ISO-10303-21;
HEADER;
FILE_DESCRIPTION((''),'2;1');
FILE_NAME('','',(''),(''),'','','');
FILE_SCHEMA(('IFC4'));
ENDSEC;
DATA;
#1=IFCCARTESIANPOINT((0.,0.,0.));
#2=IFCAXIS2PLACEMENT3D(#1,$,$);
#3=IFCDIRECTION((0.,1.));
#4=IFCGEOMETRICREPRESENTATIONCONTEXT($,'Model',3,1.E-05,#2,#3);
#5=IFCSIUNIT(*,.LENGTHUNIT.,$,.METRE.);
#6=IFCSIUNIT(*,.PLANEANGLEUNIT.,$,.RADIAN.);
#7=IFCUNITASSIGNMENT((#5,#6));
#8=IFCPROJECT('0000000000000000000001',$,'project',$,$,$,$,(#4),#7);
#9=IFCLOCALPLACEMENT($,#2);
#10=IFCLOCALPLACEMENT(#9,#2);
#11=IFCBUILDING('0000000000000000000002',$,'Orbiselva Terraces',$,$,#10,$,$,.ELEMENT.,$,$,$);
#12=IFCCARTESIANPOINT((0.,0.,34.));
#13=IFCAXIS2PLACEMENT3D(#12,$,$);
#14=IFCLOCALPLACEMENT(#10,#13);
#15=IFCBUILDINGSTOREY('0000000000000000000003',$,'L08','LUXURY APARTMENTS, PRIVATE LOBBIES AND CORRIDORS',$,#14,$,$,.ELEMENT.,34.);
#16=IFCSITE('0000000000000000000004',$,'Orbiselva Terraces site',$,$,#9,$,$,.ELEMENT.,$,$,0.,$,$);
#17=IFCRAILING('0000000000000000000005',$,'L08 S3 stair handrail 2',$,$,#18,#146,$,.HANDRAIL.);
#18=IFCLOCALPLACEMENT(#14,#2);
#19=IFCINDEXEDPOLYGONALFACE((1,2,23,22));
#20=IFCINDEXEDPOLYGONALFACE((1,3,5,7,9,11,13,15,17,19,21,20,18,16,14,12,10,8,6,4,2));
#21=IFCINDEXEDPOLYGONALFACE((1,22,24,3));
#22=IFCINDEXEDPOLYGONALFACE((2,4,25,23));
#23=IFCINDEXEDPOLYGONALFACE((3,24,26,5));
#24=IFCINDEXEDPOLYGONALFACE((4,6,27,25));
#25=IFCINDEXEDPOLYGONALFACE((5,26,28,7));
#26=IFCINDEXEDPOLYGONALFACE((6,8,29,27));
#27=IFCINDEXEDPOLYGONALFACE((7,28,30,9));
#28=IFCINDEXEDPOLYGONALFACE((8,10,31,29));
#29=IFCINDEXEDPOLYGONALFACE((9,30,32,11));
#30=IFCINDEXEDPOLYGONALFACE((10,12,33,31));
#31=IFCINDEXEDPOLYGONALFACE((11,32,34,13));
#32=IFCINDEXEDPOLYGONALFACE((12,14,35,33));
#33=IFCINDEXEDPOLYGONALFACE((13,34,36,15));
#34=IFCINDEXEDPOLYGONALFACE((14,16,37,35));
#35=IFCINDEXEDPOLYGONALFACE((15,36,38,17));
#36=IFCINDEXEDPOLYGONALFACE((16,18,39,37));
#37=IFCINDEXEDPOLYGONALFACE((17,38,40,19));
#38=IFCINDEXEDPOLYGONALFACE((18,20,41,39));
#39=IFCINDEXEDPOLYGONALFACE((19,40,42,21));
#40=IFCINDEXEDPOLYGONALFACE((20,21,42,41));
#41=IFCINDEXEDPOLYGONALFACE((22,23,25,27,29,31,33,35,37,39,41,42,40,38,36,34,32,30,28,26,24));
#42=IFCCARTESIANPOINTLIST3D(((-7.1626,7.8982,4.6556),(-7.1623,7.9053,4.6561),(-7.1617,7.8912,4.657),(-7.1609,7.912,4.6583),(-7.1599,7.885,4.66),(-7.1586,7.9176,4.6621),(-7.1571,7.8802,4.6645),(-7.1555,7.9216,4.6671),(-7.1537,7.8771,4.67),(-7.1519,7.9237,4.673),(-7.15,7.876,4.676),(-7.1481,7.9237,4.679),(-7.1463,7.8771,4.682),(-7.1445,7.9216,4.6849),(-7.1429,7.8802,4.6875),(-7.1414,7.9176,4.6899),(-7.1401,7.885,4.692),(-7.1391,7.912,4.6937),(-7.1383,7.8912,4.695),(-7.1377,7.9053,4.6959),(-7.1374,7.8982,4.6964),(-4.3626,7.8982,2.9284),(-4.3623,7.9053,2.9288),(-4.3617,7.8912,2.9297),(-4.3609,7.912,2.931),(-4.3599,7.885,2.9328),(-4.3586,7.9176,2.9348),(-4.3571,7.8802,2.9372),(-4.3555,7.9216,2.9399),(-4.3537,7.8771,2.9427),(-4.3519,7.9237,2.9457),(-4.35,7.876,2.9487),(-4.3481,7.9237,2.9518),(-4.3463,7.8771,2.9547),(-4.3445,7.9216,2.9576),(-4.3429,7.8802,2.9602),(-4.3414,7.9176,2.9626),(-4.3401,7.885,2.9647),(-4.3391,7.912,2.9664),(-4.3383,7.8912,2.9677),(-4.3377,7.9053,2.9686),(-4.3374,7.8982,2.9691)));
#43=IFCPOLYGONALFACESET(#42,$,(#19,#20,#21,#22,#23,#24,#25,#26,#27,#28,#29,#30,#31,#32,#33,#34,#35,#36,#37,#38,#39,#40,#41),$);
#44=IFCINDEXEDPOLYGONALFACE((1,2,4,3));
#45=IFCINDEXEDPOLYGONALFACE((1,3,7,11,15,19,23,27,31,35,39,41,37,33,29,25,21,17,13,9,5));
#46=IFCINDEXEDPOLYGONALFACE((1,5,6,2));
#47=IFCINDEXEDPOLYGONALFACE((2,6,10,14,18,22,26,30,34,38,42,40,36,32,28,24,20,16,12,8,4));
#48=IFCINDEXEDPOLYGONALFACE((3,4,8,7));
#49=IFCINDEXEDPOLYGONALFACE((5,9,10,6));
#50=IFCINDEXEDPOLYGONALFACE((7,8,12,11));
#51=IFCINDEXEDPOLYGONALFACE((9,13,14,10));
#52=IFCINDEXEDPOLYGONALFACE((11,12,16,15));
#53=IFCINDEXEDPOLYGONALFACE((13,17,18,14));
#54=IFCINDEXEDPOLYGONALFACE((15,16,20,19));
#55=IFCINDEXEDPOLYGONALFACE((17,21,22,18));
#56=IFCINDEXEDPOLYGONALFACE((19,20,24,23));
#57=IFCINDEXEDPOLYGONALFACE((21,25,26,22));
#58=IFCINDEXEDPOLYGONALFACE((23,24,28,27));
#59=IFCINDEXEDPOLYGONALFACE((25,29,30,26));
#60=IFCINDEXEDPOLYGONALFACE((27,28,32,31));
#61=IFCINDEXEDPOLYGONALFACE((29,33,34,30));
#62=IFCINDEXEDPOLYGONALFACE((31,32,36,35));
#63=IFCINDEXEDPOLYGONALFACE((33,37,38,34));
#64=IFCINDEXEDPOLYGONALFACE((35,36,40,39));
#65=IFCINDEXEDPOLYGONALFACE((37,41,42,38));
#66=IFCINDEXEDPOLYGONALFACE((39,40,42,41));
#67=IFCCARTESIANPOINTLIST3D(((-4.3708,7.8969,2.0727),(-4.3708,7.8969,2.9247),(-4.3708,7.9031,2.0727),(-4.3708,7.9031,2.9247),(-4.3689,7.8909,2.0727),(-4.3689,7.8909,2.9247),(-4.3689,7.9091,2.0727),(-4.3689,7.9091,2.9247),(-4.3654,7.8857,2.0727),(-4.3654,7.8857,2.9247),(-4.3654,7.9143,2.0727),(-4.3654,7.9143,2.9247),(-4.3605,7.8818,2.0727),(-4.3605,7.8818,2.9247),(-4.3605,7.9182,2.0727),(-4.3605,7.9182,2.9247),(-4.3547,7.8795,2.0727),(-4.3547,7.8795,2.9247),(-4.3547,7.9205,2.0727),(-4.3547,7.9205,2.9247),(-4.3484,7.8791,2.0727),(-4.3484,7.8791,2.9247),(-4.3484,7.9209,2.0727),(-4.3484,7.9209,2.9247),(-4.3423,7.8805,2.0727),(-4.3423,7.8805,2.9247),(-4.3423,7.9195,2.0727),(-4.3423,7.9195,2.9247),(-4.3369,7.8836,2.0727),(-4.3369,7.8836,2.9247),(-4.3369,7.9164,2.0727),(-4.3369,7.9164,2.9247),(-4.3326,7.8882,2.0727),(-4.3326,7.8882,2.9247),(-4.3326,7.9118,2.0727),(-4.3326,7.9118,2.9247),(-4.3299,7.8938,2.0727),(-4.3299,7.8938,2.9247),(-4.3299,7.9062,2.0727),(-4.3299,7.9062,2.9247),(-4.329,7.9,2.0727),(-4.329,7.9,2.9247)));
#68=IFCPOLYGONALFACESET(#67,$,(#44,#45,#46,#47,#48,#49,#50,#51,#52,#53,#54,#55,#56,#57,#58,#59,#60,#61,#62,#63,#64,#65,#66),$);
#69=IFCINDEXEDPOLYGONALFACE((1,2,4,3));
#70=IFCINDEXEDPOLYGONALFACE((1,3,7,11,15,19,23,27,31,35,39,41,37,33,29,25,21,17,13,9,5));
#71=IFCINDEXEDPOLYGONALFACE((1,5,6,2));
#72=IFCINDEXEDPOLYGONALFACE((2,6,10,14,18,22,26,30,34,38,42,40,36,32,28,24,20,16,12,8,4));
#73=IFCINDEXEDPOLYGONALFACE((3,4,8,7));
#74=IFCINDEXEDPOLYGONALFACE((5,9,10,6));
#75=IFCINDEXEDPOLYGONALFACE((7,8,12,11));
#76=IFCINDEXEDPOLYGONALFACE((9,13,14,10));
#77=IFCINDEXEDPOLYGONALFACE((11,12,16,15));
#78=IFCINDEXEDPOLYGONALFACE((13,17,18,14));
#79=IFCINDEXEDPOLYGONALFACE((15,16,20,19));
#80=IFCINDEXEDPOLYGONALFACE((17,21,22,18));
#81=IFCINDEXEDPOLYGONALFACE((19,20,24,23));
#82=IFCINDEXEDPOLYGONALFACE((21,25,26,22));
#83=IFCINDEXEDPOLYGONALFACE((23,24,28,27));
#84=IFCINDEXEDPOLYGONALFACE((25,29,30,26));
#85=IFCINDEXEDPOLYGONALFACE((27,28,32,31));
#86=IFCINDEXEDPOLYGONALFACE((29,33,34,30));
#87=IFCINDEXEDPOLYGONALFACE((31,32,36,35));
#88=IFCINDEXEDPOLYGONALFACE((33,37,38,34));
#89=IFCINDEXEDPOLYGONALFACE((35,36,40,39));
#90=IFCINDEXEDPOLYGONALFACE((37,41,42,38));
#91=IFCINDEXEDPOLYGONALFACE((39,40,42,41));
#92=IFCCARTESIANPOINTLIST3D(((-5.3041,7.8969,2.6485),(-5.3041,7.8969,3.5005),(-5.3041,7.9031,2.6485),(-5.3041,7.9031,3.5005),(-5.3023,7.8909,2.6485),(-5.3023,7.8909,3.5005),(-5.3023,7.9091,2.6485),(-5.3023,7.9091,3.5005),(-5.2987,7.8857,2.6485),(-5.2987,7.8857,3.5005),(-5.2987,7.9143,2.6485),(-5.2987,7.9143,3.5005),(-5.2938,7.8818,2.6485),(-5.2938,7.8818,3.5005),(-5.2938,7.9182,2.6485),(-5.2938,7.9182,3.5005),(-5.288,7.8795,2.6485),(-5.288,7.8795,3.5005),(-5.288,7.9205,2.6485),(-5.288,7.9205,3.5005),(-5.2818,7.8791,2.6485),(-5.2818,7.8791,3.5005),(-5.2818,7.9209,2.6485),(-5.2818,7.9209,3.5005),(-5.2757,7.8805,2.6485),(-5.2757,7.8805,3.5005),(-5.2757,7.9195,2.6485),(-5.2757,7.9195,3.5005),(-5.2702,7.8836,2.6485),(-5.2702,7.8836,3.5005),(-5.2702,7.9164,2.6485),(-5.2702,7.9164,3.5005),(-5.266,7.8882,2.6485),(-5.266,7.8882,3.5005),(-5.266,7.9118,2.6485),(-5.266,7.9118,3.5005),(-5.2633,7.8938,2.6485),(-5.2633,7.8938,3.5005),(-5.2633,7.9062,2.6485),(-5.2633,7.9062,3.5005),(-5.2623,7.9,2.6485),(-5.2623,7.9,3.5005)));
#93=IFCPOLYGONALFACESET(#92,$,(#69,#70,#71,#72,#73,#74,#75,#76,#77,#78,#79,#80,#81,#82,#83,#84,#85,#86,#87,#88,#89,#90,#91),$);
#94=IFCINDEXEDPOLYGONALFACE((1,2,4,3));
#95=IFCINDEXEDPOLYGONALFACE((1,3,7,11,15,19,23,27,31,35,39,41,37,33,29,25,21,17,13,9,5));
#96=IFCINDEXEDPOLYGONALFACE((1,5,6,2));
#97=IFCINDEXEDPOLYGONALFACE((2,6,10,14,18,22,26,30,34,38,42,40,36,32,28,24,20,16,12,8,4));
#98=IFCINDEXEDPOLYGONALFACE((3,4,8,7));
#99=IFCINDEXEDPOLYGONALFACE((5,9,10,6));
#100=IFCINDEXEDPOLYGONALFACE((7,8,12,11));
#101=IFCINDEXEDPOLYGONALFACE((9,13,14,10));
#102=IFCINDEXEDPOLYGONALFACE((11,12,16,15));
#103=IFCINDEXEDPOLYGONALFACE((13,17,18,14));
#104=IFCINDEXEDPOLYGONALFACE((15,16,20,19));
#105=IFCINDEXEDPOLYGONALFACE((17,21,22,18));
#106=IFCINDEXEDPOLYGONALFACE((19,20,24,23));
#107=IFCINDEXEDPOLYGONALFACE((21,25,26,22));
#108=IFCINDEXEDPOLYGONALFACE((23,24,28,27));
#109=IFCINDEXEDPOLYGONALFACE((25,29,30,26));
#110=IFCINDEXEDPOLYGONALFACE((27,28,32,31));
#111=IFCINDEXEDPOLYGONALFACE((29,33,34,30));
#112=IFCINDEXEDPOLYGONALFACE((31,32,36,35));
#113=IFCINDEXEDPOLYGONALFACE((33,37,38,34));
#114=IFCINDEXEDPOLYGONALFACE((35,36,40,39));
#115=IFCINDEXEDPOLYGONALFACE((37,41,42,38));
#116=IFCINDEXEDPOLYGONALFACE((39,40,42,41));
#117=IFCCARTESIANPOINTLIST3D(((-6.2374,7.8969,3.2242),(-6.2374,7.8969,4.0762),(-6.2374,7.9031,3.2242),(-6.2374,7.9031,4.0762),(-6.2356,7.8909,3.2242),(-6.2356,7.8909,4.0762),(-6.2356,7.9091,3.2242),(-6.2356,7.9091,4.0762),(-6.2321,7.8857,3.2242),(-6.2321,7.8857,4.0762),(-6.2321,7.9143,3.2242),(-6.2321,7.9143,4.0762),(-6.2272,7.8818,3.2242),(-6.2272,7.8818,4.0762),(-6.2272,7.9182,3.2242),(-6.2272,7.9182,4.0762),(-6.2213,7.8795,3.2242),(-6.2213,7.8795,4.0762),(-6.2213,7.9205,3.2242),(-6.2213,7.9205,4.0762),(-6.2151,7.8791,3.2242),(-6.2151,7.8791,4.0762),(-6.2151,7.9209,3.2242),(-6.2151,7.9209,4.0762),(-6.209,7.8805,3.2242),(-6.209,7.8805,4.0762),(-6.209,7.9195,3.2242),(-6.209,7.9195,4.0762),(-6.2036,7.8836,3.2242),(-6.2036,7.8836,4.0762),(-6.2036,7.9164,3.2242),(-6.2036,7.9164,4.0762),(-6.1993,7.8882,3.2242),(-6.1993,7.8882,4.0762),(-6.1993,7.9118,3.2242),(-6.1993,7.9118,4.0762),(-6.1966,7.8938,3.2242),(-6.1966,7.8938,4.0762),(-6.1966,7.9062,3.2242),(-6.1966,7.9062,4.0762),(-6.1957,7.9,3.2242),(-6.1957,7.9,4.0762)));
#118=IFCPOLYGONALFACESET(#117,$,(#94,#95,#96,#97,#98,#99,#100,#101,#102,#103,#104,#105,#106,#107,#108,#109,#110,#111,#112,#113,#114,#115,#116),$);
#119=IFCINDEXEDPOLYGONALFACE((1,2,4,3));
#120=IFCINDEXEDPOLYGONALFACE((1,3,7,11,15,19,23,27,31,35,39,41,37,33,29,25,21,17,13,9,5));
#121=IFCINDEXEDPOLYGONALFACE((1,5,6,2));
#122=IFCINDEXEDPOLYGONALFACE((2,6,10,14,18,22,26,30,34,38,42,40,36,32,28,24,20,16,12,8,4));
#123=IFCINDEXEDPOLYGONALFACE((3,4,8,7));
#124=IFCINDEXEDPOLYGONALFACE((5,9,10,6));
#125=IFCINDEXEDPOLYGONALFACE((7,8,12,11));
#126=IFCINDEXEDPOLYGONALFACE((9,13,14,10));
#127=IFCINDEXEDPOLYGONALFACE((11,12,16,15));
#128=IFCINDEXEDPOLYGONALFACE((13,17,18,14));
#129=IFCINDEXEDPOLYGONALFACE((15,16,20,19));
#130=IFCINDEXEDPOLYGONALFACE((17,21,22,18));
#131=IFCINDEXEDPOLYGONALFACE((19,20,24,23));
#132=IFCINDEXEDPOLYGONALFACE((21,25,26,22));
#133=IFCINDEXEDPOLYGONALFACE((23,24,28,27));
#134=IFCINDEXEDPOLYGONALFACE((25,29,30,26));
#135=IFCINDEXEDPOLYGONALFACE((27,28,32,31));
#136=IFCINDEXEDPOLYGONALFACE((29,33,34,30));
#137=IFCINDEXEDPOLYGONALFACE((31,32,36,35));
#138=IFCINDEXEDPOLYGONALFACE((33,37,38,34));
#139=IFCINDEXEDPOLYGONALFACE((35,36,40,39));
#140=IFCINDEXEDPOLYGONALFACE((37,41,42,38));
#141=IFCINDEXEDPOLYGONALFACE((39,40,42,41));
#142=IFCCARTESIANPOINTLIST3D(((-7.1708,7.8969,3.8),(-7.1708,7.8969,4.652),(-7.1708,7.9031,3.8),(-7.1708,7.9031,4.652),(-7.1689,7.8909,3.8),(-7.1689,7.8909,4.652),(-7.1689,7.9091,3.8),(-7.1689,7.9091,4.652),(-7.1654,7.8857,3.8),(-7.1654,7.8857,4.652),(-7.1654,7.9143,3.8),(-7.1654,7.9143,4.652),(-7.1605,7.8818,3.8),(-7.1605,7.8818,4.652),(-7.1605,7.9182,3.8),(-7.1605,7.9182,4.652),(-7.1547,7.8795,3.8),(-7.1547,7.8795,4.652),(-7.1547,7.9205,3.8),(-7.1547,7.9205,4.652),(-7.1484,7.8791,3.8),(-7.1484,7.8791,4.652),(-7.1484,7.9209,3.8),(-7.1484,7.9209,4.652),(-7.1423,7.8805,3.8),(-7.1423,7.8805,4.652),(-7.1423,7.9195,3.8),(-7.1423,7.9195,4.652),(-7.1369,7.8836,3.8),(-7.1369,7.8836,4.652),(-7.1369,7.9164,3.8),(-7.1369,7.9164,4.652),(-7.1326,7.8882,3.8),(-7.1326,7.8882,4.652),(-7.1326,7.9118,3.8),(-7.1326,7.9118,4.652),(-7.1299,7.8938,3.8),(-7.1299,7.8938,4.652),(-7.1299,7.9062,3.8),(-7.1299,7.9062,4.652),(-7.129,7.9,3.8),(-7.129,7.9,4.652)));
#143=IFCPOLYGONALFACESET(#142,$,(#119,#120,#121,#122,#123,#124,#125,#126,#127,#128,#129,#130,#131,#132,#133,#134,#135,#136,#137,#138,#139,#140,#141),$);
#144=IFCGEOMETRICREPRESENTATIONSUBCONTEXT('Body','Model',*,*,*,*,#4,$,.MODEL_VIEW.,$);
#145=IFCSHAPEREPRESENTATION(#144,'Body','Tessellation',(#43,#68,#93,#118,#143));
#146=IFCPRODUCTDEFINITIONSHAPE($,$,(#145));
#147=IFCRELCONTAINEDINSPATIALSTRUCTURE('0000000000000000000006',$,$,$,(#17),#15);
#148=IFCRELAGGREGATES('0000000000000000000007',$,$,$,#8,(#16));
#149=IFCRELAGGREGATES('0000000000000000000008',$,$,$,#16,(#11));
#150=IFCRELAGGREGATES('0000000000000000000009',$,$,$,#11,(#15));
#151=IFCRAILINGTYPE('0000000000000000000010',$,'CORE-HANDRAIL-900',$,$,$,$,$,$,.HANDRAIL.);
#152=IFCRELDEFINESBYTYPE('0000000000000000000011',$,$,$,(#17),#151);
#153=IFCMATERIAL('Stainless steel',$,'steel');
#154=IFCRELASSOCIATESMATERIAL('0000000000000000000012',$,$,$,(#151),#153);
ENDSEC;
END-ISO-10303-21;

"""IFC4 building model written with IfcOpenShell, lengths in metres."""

from ifc_helpers import new_model, si_unit, direction, frame, origin, origin_2d, place, context, subcontext, project, spatial, circle, extrude, material, type_object, element, save


model = new_model("IFC4")

# Units and contexts
model_context = context("Model", 3, precision=1e-05, world=origin(), true_north=direction((0.0, 1.0)))
body_context = subcontext(model_context, "Body", "Model", "MODEL_VIEW")
ifc_project = project(units=[si_unit("LENGTHUNIT", "METRE"), si_unit("PLANEANGLEUNIT", "RADIAN")], contexts=[model_context])

# Site, building, storey
site_placement = place(None, origin())
site = spatial("IfcSite", under=ifc_project, at=site_placement, Name="Orbiselva Terraces site", CompositionType="ELEMENT", RefElevation=0.0)
building_placement = place(site_placement, origin())
building = spatial("IfcBuilding", under=site, at=building_placement, Name="Orbiselva Terraces", CompositionType="ELEMENT")
storey_placement = place(building_placement, frame((0.0, 0.0, 34.0)))
storey = spatial("IfcBuildingStorey", under=building, at=storey_placement, Name="L08", Description="LUXURY APARTMENTS, PRIVATE LOBBIES AND CORRIDORS", CompositionType="ELEMENT", Elevation=34.0)

# Railing
ifc_material_1 = material(Name="Stainless steel", Category="steel")
railing_type_1 = type_object("IfcRailingType", Name="CORE-HANDRAIL-900", PredefinedType="HANDRAIL", material=ifc_material_1)
railing_1_placement = place(storey_placement, frame((-4.35, 7.9, 2.0727)))
element("IfcRailing", 1, at=railing_1_placement, inside=storey, type_object=railing_type_1, Name="L08 S3 stair handrail 2", PredefinedType="HANDRAIL", context=body_context, shape_type="SweptSolid", body=[
    extrude(circle(Radius=0.024, at=origin_2d()), frame((0.0, 0.0, 0.876), z_axis=(-0.851089, 0.0, 0.525022), x_axis=(0.0, -1.0, 0.0)), (0.0, 0.0, 1.0), 3.2899),
    extrude(circle(Radius=0.021, at=origin_2d()), origin(), (0.0, 0.0, 1.0), 0.852),
    extrude(circle(Radius=0.021, at=origin_2d()), frame((-0.9333, 0.0, 0.5758)), (0.0, 0.0, 1.0), 0.852),
    extrude(circle(Radius=0.021, at=origin_2d()), frame((-1.8667, 0.0, 1.1515)), (0.0, 0.0, 1.0), 0.852),
    extrude(circle(Radius=0.021, at=origin_2d()), frame((-2.8, 0.0, 1.7273)), (0.0, 0.0, 1.0), 0.852),
])

save(model, "model.ifc")
